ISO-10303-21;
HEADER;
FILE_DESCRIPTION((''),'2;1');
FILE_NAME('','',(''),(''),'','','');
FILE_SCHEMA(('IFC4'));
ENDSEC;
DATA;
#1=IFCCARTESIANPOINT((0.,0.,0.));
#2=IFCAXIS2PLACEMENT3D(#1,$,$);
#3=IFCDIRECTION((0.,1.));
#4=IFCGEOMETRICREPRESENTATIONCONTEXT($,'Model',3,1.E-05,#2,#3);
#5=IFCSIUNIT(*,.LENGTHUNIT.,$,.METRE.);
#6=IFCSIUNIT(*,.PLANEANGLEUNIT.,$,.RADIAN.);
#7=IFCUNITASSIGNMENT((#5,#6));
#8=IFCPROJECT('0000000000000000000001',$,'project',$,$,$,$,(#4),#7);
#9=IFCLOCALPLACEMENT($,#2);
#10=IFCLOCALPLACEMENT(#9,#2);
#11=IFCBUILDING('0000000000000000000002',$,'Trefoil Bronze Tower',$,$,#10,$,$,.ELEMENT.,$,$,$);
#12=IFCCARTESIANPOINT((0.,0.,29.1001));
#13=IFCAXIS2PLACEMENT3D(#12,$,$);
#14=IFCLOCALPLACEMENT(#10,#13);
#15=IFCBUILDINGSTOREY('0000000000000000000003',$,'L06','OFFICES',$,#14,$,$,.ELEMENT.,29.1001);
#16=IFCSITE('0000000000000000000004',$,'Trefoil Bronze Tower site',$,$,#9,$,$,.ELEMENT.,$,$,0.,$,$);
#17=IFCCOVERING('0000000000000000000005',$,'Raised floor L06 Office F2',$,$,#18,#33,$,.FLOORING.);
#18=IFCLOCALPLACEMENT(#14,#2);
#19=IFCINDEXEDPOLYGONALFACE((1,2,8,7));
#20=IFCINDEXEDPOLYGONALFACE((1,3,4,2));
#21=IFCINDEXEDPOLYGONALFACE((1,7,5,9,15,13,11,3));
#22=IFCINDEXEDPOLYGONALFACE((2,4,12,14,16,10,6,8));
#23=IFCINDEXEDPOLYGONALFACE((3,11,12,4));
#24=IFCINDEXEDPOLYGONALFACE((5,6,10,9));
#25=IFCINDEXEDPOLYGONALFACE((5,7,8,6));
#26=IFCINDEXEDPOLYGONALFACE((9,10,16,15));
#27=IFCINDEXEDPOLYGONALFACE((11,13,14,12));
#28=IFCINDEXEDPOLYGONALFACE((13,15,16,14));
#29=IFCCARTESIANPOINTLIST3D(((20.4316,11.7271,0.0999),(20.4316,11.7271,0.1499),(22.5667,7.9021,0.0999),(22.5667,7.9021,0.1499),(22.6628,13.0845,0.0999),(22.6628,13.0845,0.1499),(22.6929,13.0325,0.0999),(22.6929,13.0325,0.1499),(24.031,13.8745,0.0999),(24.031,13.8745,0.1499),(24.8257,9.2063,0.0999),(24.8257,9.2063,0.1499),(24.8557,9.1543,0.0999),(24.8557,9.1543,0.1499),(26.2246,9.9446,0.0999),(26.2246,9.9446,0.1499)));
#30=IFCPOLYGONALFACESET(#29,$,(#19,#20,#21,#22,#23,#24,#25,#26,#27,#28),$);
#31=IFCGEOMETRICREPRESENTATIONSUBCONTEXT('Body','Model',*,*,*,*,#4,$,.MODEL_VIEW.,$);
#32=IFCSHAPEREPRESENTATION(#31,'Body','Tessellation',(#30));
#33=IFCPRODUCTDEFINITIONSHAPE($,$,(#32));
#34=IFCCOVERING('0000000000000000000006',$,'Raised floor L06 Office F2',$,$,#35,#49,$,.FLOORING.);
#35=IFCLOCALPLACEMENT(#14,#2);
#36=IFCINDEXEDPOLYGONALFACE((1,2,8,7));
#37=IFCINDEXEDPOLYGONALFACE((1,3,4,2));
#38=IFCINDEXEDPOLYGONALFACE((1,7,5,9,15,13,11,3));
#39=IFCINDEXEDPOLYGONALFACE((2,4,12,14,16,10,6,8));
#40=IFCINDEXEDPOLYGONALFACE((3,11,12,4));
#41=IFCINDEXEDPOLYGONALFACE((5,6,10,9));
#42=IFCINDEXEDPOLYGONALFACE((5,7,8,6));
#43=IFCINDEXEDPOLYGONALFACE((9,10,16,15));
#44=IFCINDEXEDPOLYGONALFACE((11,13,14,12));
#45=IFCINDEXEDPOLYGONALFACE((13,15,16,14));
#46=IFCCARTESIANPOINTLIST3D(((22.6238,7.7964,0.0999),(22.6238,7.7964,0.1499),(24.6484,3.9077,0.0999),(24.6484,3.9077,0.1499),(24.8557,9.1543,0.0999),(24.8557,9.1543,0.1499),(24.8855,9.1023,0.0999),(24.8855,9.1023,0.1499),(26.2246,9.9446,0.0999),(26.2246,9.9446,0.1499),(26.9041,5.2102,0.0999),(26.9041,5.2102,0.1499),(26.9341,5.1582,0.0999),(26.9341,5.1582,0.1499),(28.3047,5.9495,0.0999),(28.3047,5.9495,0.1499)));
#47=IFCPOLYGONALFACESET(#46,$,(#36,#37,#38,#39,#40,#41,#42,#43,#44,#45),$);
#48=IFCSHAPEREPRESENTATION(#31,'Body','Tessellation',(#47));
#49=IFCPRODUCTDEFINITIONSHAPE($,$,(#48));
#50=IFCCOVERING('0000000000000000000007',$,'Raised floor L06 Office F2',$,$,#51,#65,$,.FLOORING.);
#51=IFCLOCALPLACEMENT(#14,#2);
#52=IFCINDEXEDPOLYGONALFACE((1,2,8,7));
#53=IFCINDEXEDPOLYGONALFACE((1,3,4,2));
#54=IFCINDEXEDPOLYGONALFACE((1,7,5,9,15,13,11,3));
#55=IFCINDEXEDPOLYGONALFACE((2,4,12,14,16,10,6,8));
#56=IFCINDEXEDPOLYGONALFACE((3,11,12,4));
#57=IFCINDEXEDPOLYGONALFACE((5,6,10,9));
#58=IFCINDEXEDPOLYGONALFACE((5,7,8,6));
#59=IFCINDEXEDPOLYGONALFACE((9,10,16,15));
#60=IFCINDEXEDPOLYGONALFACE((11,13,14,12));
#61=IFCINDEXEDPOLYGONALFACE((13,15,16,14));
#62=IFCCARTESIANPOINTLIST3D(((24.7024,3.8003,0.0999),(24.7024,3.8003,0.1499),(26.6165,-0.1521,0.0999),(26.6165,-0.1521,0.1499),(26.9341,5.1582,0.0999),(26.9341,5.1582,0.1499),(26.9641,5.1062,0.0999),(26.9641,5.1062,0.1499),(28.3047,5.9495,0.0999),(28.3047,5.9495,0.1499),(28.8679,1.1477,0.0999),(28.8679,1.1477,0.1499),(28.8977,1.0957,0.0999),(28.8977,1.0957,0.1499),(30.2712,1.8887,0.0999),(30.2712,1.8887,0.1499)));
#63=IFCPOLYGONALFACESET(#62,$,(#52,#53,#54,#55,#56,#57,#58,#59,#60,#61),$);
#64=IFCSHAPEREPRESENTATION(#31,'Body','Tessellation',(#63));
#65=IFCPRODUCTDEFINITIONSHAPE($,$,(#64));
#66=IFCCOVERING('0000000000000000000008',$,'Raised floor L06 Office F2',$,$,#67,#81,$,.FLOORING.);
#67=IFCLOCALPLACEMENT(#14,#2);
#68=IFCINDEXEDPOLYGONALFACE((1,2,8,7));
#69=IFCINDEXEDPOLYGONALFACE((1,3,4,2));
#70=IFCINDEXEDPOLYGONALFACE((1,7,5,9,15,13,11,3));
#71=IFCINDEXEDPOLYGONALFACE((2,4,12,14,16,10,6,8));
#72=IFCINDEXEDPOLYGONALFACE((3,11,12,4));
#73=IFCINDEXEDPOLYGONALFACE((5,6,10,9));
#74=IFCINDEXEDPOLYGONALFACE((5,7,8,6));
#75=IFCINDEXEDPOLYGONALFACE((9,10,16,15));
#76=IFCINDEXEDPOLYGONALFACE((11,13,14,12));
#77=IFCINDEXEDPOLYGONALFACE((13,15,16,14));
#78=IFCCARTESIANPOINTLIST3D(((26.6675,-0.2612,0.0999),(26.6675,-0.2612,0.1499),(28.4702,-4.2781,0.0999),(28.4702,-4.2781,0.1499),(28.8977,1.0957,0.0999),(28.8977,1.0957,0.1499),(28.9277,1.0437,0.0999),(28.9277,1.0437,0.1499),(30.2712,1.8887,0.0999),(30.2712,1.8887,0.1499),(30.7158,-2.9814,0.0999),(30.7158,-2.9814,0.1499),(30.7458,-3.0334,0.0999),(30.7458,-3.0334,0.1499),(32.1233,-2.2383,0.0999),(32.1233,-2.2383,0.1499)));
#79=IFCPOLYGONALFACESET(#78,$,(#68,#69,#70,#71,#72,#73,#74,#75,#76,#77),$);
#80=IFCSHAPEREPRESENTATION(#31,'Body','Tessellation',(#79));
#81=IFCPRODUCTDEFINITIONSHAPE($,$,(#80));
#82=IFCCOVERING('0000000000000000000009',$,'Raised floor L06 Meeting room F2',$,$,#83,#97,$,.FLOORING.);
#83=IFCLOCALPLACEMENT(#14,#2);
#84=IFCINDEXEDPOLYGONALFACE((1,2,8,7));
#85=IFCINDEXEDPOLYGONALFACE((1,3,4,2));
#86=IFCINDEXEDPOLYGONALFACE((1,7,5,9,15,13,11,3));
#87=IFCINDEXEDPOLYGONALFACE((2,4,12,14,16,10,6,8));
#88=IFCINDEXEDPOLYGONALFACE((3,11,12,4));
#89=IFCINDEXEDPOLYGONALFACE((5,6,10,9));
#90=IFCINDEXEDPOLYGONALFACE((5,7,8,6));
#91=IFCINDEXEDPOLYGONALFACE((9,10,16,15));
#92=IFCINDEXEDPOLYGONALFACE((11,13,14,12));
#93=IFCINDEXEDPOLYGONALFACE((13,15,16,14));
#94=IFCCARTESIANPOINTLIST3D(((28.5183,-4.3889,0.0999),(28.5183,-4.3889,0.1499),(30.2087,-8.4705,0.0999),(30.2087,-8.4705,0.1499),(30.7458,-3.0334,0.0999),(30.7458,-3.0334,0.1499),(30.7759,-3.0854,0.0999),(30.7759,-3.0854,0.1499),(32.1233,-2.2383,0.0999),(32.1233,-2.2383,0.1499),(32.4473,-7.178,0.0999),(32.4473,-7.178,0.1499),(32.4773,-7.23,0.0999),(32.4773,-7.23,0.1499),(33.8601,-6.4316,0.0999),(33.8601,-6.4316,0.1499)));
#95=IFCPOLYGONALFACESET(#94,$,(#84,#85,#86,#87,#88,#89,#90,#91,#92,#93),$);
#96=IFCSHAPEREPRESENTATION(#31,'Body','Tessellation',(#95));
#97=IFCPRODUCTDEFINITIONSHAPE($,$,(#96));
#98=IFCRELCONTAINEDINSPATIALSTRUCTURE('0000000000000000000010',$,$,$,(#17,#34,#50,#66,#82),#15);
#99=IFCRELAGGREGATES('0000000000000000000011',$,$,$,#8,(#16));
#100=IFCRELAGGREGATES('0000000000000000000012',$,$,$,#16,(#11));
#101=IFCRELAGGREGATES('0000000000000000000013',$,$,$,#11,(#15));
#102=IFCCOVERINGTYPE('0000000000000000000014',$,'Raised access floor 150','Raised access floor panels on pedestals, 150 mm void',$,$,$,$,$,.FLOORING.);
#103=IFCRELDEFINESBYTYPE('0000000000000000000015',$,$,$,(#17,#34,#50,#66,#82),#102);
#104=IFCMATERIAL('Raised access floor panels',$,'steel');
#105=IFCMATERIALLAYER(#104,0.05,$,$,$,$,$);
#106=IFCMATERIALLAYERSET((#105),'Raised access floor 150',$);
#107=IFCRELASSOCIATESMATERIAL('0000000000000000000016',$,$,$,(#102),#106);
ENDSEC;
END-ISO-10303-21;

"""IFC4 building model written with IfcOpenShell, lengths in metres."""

from ifc_helpers import new_model, si_unit, direction, frame, origin, place, context, subcontext, project, spatial, polyline, outline, extrude, material, layer, layer_set, type_object, element, save


model = new_model("IFC4")

# Units and contexts
model_context = context("Model", 3, precision=1e-05, world=origin(), true_north=direction((0.0, 1.0)))
body_context = subcontext(model_context, "Body", "Model", "MODEL_VIEW")
ifc_project = project(units=[si_unit("LENGTHUNIT", "METRE"), si_unit("PLANEANGLEUNIT", "RADIAN")], contexts=[model_context])

# Site, building, storey
site_placement = place(None, origin())
site = spatial("IfcSite", under=ifc_project, at=site_placement, Name="Trefoil Bronze Tower site", CompositionType="ELEMENT", RefElevation=0.0)
building_placement = place(site_placement, origin())
building = spatial("IfcBuilding", under=site, at=building_placement, Name="Trefoil Bronze Tower", CompositionType="ELEMENT")
storey_placement = place(building_placement, frame((0.0, 0.0, 29.1001)))
storey = spatial("IfcBuildingStorey", under=building, at=storey_placement, Name="L06", Description="OFFICES", CompositionType="ELEMENT", Elevation=29.1001)

# Coverings
ifc_material_1 = material(Name="Raised access floor panels", Category="steel")
ifc_layer_1 = layer(ifc_material_1, 0.05)
ifc_layer_set_1 = layer_set([ifc_layer_1], Name="Raised access floor 150")
covering_type_1 = type_object("IfcCoveringType", Name="Raised access floor 150", Description="Raised access floor panels on pedestals, 150 mm void", PredefinedType="FLOORING", material=ifc_layer_set_1)
covering_1_placement = place(storey_placement, frame((0.0, 0.0, 0.0999)))
element("IfcCovering", 1, at=covering_1_placement, inside=storey, type_object=covering_type_1, Name="Raised floor L06 Office F2", PredefinedType="FLOORING", context=body_context, shape_type="SweptSolid", body=[
    extrude(outline(polyline([(24.031, 13.8745), (26.2246, 9.9446), (24.8557, 9.1543), (24.8257, 9.2063), (22.5667, 7.9021), (20.4316, 11.7271), (22.6929, 13.0325), (22.6628, 13.0845), (24.031, 13.8745)])), origin(), (0.0, 0.0, 1.0), 0.05),
])
covering_2_placement = place(storey_placement, frame((0.0, 0.0, 0.0999)))
element("IfcCovering", 2, at=covering_2_placement, inside=storey, type_object=covering_type_1, Name="Raised floor L06 Office F2", PredefinedType="FLOORING", context=body_context, shape_type="SweptSolid", body=[
    extrude(outline(polyline([(26.2246, 9.9446), (28.3047, 5.9495), (26.9341, 5.1582), (26.9041, 5.2102), (24.6484, 3.9077), (22.6238, 7.7964), (24.8855, 9.1023), (24.8557, 9.1543), (26.2246, 9.9446)])), origin(), (0.0, 0.0, 1.0), 0.05),
])
covering_3_placement = place(storey_placement, frame((0.0, 0.0, 0.0999)))
element("IfcCovering", 3, at=covering_3_placement, inside=storey, type_object=covering_type_1, Name="Raised floor L06 Office F2", PredefinedType="FLOORING", context=body_context, shape_type="SweptSolid", body=[
    extrude(outline(polyline([(28.3047, 5.9495), (30.2712, 1.8887), (28.8977, 1.0957), (28.8679, 1.1477), (26.6165, -0.1521), (24.7024, 3.8003), (26.9641, 5.1062), (26.9341, 5.1582), (28.3047, 5.9495)])), origin(), (0.0, 0.0, 1.0), 0.05),
])
covering_4_placement = place(storey_placement, frame((0.0, 0.0, 0.0999)))
element("IfcCovering", 4, at=covering_4_placement, inside=storey, type_object=covering_type_1, Name="Raised floor L06 Office F2", PredefinedType="FLOORING", context=body_context, shape_type="SweptSolid", body=[
    extrude(outline(polyline([(32.1233, -2.2383), (30.7458, -3.0334), (30.7158, -2.9814), (28.4702, -4.2781), (26.6675, -0.2612), (28.9277, 1.0437), (28.8977, 1.0957), (30.2712, 1.8887), (32.1233, -2.2383)])), origin(), (0.0, 0.0, 1.0), 0.05),
])
covering_5_placement = place(storey_placement, frame((0.0, 0.0, 0.0999)))
element("IfcCovering", 5, at=covering_5_placement, inside=storey, type_object=covering_type_1, Name="Raised floor L06 Meeting room F2", PredefinedType="FLOORING", context=body_context, shape_type="SweptSolid", body=[
    extrude(outline(polyline([(32.1233, -2.2383), (33.8601, -6.4316), (32.4773, -7.23), (32.4473, -7.178), (30.2087, -8.4705), (28.5183, -4.3889), (30.7759, -3.0854), (30.7458, -3.0334), (32.1233, -2.2383)])), origin(), (0.0, 0.0, 1.0), 0.05),
])

save(model, "model.ifc")
